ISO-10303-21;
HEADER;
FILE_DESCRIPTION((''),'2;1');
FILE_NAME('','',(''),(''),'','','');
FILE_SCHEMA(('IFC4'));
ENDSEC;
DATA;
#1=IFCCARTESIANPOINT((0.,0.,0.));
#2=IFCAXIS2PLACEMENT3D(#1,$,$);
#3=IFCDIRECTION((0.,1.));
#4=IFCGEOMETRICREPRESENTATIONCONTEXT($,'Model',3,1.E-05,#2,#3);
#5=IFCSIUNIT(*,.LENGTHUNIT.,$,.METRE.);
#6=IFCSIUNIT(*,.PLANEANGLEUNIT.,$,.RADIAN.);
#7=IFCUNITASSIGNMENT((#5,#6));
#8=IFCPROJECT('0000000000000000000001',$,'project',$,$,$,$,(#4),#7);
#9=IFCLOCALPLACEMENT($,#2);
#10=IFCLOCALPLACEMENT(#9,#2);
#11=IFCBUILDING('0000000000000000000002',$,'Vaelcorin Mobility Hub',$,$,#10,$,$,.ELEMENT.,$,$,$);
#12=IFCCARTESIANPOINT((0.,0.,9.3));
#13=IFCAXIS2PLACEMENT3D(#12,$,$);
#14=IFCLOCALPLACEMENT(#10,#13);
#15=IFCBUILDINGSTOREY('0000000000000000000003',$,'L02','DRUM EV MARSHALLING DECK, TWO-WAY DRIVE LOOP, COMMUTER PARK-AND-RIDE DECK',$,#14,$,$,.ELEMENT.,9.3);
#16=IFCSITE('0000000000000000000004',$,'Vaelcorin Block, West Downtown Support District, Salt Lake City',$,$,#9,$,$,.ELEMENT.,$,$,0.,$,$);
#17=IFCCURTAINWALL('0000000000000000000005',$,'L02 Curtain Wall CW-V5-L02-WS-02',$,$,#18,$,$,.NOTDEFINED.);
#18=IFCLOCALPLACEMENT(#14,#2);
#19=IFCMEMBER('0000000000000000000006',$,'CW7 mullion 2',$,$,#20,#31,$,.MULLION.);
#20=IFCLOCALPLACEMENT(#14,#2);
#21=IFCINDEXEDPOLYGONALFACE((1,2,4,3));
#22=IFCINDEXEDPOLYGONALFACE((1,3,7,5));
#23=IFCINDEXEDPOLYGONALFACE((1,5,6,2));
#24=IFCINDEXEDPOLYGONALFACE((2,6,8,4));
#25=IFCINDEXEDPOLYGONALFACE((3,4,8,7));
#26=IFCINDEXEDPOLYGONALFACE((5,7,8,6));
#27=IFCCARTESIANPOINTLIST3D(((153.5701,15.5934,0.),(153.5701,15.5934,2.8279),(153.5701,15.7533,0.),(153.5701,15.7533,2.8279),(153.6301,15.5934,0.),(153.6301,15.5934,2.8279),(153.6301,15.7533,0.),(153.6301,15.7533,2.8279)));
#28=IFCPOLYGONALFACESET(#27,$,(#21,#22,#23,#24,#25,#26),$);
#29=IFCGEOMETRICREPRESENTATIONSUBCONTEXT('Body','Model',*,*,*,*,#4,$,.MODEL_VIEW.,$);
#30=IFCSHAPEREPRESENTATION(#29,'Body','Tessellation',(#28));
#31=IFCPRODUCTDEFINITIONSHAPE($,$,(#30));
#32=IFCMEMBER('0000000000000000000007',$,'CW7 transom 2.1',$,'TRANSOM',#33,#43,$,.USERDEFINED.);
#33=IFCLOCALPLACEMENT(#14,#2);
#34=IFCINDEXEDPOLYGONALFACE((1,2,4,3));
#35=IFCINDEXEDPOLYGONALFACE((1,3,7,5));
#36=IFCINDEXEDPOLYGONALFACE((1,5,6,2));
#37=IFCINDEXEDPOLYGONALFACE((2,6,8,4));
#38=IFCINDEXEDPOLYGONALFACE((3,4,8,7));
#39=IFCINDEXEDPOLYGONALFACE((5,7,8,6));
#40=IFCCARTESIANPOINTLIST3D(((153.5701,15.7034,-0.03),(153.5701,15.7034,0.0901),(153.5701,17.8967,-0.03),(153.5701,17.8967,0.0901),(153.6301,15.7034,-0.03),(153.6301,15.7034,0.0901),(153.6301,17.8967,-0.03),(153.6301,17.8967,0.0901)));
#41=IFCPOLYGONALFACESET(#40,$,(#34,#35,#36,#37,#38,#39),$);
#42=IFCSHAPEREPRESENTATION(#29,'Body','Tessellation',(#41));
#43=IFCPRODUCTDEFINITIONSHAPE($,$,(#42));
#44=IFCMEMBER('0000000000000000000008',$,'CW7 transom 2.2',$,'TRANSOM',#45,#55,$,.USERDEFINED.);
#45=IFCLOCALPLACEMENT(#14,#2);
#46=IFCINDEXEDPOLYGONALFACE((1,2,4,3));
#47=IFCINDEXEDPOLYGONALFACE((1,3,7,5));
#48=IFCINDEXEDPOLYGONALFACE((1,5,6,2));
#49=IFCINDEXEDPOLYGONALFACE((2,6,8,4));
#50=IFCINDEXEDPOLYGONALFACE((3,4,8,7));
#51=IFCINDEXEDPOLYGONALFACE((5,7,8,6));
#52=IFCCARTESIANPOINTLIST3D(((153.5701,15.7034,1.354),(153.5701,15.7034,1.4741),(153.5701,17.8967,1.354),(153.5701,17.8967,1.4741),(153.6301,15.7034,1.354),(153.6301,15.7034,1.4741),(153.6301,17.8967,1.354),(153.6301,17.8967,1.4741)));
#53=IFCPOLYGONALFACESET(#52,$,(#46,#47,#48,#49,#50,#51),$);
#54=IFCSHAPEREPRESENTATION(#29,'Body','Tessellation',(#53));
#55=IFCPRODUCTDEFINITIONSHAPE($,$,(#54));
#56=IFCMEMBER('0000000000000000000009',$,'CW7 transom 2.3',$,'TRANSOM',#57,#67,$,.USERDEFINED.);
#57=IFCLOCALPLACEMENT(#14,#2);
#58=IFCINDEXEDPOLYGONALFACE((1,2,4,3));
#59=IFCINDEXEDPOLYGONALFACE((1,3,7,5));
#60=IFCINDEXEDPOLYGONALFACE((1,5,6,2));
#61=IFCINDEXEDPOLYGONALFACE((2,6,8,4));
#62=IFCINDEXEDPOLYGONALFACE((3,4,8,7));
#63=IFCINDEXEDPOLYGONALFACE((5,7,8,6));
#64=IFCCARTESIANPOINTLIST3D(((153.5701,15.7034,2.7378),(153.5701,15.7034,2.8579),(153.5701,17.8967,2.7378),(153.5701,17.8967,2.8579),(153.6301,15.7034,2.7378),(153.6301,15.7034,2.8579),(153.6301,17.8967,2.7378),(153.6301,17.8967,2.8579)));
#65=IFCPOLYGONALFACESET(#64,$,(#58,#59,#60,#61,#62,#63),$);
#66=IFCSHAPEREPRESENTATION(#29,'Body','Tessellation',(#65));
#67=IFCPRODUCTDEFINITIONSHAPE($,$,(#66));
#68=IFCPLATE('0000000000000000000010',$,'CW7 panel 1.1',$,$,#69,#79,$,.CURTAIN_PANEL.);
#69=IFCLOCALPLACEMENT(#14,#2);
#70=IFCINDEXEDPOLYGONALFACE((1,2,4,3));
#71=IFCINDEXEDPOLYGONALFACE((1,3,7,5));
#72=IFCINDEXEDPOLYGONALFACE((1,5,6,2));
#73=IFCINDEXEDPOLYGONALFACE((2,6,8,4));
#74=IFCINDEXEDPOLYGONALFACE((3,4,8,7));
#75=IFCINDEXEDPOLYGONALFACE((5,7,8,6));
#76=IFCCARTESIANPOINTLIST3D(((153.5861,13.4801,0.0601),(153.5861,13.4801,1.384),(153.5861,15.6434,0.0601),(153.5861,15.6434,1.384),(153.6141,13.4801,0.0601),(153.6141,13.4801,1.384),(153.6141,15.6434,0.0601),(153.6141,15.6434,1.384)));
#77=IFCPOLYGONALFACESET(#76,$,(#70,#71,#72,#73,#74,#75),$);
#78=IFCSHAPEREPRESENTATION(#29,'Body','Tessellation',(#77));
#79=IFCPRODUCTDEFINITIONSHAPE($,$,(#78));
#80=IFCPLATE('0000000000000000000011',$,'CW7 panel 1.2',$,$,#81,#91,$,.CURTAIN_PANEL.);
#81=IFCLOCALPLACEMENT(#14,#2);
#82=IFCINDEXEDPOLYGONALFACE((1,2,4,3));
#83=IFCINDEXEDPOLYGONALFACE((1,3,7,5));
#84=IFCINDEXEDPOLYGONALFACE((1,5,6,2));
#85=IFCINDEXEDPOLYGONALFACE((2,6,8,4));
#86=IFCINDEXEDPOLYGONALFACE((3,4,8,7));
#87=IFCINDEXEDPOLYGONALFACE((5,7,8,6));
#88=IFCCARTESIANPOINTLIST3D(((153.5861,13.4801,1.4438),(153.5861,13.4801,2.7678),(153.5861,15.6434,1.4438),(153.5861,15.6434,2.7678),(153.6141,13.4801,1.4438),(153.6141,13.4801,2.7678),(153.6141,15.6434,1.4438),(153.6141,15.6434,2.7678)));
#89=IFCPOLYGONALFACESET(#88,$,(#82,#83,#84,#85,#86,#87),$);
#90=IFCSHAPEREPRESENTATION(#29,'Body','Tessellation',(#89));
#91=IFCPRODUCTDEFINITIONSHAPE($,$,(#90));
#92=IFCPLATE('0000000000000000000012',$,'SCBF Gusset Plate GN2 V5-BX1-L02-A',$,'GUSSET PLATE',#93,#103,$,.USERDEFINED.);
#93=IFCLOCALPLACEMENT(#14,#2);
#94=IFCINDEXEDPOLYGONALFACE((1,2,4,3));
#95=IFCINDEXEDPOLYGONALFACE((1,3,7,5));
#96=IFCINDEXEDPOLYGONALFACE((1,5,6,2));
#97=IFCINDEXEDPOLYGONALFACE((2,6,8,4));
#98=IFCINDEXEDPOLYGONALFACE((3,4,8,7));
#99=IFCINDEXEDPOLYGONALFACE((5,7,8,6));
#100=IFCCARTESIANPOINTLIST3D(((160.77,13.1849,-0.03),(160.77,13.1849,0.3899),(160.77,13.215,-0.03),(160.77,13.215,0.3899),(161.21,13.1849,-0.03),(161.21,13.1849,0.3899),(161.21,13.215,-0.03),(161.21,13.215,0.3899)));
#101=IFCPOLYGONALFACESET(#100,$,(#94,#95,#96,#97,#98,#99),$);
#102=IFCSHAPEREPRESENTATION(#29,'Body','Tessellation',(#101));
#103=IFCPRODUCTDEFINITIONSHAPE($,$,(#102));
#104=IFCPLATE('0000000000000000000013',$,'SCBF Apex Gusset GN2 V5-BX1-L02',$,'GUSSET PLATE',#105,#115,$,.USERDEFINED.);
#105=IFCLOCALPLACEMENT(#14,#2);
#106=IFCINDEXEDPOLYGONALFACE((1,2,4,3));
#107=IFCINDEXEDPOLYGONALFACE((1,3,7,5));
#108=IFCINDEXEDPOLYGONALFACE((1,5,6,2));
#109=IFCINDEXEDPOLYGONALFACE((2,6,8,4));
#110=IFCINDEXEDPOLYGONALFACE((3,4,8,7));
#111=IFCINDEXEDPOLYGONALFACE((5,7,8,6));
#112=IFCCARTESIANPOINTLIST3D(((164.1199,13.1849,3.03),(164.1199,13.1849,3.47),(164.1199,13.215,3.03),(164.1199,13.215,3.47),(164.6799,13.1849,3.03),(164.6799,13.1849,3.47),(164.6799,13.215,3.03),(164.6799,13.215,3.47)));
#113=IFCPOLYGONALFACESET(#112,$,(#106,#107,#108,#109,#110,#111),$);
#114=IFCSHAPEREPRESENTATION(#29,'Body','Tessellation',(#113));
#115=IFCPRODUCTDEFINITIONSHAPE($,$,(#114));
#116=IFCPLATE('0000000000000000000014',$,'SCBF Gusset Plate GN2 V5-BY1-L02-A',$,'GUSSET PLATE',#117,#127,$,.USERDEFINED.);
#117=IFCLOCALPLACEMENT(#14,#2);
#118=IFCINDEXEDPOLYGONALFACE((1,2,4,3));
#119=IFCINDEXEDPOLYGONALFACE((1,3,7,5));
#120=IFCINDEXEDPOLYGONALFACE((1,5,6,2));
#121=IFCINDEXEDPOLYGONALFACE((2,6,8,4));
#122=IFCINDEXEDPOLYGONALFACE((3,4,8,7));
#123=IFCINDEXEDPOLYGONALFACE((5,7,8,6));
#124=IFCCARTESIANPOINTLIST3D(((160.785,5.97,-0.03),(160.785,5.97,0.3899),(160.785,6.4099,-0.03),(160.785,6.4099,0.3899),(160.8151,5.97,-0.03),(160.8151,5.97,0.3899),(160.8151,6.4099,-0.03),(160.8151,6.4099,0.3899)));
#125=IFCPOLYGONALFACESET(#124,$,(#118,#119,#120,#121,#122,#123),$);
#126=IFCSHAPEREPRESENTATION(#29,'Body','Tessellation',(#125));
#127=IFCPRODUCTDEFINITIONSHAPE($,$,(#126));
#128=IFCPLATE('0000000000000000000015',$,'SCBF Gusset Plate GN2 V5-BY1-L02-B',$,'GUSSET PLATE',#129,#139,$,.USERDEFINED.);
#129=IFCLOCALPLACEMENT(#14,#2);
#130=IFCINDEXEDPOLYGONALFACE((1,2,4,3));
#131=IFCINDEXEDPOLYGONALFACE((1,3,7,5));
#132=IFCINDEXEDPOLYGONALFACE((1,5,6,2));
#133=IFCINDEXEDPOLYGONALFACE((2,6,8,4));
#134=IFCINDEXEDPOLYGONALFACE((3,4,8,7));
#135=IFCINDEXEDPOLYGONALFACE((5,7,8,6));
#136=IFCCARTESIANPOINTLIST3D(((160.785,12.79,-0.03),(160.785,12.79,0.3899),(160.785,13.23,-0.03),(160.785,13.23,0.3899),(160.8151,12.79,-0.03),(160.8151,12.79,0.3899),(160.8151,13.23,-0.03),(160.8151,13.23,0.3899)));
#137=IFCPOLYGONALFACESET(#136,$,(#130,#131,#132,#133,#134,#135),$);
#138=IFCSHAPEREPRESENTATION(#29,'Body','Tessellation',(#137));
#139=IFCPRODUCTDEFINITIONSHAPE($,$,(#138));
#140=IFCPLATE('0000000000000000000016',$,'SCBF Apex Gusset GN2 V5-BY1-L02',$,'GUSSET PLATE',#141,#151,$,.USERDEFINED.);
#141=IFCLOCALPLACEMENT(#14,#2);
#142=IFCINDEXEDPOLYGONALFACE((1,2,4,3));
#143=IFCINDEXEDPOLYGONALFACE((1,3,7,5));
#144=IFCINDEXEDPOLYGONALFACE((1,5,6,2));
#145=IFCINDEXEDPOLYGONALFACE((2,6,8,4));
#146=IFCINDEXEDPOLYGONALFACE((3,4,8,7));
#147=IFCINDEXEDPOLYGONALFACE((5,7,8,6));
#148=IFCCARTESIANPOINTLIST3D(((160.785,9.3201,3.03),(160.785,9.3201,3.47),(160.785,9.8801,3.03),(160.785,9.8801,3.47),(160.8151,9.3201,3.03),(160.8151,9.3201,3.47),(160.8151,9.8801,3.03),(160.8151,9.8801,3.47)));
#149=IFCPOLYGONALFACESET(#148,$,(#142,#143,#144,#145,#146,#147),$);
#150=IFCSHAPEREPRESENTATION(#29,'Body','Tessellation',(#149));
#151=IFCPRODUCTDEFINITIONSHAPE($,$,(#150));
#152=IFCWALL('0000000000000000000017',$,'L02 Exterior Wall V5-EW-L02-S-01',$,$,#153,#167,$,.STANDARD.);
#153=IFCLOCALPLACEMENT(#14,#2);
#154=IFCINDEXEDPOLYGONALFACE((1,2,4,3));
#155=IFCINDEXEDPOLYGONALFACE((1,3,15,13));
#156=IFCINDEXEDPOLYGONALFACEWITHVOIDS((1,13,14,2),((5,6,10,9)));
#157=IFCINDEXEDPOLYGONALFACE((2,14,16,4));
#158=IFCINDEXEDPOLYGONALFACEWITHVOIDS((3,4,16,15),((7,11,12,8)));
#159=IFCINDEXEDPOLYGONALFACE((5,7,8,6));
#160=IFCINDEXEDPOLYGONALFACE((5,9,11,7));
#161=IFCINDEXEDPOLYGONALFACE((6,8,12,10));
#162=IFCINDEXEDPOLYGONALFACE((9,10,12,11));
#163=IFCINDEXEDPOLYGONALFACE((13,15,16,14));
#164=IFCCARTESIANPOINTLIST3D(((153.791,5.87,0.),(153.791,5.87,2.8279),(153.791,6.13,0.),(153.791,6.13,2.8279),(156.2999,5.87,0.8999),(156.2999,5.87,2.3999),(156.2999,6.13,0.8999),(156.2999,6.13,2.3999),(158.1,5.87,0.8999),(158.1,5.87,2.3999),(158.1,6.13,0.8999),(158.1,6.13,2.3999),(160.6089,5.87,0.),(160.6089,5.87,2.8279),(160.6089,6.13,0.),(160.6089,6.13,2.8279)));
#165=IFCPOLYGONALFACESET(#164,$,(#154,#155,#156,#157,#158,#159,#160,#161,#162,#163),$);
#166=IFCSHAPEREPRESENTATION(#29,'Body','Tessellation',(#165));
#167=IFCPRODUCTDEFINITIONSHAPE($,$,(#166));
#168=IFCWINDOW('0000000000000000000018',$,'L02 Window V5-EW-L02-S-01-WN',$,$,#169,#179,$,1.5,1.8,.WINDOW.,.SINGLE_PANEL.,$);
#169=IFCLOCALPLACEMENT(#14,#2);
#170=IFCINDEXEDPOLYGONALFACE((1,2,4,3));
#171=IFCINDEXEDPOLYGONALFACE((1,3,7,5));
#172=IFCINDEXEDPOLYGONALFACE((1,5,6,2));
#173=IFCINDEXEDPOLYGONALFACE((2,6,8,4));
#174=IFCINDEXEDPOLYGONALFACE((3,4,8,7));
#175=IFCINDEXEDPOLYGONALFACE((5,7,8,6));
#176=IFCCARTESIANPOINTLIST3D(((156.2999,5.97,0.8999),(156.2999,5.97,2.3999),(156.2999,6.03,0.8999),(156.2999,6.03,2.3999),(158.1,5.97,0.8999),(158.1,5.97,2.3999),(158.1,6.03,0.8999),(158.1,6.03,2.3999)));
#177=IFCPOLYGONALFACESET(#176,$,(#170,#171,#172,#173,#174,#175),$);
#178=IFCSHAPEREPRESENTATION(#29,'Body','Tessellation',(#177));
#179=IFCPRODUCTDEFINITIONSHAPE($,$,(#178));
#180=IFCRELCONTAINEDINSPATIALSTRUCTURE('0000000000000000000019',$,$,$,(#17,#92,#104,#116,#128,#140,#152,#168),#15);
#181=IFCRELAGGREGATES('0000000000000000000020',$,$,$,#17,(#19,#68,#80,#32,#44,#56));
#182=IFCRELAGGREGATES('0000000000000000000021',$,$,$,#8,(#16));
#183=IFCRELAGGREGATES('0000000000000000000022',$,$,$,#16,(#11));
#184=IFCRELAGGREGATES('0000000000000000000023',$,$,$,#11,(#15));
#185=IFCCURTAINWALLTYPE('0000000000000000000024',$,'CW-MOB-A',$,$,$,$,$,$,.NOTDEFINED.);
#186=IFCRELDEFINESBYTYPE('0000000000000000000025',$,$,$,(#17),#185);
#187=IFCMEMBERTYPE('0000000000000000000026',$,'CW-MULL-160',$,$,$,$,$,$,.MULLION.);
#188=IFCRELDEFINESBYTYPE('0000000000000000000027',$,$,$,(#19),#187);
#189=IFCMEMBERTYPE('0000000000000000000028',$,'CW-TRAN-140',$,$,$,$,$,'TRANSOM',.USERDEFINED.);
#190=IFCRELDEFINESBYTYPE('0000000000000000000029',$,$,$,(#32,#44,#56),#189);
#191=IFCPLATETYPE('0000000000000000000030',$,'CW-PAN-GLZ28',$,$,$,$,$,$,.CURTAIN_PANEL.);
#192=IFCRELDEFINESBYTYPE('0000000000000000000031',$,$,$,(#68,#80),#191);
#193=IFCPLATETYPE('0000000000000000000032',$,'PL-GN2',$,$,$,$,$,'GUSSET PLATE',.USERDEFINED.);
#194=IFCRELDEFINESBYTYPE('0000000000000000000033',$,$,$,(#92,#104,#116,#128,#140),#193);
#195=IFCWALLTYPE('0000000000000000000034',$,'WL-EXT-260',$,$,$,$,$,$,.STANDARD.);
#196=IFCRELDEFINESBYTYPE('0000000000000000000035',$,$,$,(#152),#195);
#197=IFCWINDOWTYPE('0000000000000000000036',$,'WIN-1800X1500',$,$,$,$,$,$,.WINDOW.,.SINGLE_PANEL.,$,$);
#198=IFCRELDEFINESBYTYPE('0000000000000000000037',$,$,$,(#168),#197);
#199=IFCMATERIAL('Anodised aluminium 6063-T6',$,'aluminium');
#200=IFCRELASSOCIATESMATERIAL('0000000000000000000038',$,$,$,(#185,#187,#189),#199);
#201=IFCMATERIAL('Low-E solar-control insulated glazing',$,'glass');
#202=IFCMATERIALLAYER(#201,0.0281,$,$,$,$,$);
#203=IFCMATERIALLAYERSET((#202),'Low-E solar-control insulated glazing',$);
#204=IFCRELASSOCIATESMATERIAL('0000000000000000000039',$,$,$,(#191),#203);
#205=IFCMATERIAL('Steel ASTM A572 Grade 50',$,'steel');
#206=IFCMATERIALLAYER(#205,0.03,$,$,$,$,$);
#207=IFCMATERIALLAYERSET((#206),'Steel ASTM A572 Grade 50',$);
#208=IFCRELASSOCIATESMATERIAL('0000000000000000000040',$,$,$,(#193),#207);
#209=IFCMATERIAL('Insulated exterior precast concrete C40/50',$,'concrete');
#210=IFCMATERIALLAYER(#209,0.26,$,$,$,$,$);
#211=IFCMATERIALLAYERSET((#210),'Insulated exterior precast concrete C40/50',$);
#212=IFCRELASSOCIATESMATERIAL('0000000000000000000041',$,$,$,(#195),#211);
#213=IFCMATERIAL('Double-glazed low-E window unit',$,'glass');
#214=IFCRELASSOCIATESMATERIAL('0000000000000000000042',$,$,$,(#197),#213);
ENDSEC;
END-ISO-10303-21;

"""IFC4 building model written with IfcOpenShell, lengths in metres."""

from ifc_helpers import new_model, si_unit, direction, frame, frame_2d, origin, origin_2d, place, context, subcontext, project, spatial, rectangle, extrude, material, layer, layer_set, material_profile, profile_set, type_object, element, fill, aggregate, save


model = new_model("IFC4")

# Units and contexts
model_context = context("Model", 3, precision=1e-05, world=origin(), true_north=direction((0.0, 1.0)))
body_context = subcontext(model_context, "Body", "Model", "MODEL_VIEW")
ifc_project = project(units=[si_unit("LENGTHUNIT", "METRE"), si_unit("PLANEANGLEUNIT", "RADIAN")], contexts=[model_context])

# Site, building, storey
site_placement = place(None, origin())
site = spatial("IfcSite", under=ifc_project, at=site_placement, Name="Vaelcorin Block, West Downtown Support District, Salt Lake City", CompositionType="ELEMENT", RefElevation=0.0)
building_placement = place(site_placement, origin())
building = spatial("IfcBuilding", under=site, at=building_placement, Name="Vaelcorin Mobility Hub", CompositionType="ELEMENT")
storey_placement = place(building_placement, frame((0.0, 0.0, 9.3)))
storey = spatial("IfcBuildingStorey", under=building, at=storey_placement, Name="L02", Description="DRUM EV MARSHALLING DECK, TWO-WAY DRIVE LOOP, COMMUTER PARK-AND-RIDE DECK", CompositionType="ELEMENT", Elevation=9.3)

# Curtain wall, members, plates
ifc_material_1 = material(Name="Anodised aluminium 6063-T6", Category="aluminium")
curtain_wall_type = type_object("IfcCurtainWallType", Name="CW-MOB-A", PredefinedType="NOTDEFINED", material=ifc_material_1)
curtain_wall_placement = place(storey_placement, origin())
curtain_wall = element("IfcCurtainWall", 1, at=curtain_wall_placement, inside=storey, type_object=curtain_wall_type, Name="L02 Curtain Wall CW-V5-L02-WS-02", PredefinedType="NOTDEFINED")
ifc_material_profile_1 = material_profile(ifc_material_1, rectangle(XDim=0.0601, YDim=0.1599, at=origin_2d()), Name="ALU-M60X160")
ifc_profile_set_1 = profile_set([ifc_material_profile_1], Name="Anodised aluminium 6063-T6")
member_type_1 = type_object("IfcMemberType", Name="CW-MULL-160", PredefinedType="MULLION", material=ifc_profile_set_1)
member_1_placement = place(storey_placement, frame((153.6001, 15.6733, 0.0), z_axis=(0.0, 0.0, 1.0), x_axis=(-1.0, 0.0, 0.0)))
member_1 = element("IfcMember", 2, at=member_1_placement, type_object=member_type_1, Name="CW7 mullion 2", PredefinedType="MULLION", context=body_context, shape_type="SweptSolid", body=[
    extrude(rectangle(XDim=0.0601, YDim=0.1599, at=origin_2d()), origin(), (0.0, 0.0, 1.0), 2.8279),
])
ifc_material_profile_2 = material_profile(ifc_material_1, rectangle(XDim=0.0601, YDim=0.1201, at=origin_2d()), Name="ALU-T60X120")
ifc_profile_set_2 = profile_set([ifc_material_profile_2], Name="Anodised aluminium 6063-T6")
member_type_2 = type_object("IfcMemberType", Name="CW-TRAN-140", ElementType="TRANSOM", PredefinedType="USERDEFINED", material=ifc_profile_set_2)
member_2_placement = place(storey_placement, frame((153.6001, 15.7034, 0.03), z_axis=(0.0, 1.0, 0.0), x_axis=(-1.0, 0.0, 0.0)))
member_2 = element("IfcMember", 3, at=member_2_placement, type_object=member_type_2, Name="CW7 transom 2.1", ObjectType="TRANSOM", PredefinedType="USERDEFINED", context=body_context, shape_type="SweptSolid", body=[
    extrude(rectangle(XDim=0.0601, YDim=0.1201, at=origin_2d()), origin(), (0.0, 0.0, 1.0), 2.1934),
])
member_3_placement = place(storey_placement, frame((153.6001, 15.7034, 1.4141), z_axis=(0.0, 1.0, 0.0), x_axis=(-1.0, 0.0, 0.0)))
member_3 = element("IfcMember", 4, at=member_3_placement, type_object=member_type_2, Name="CW7 transom 2.2", ObjectType="TRANSOM", PredefinedType="USERDEFINED", context=body_context, shape_type="SweptSolid", body=[
    extrude(rectangle(XDim=0.0601, YDim=0.1201, at=origin_2d()), origin(), (0.0, 0.0, 1.0), 2.1934),
])
member_4_placement = place(storey_placement, frame((153.6001, 15.7034, 2.7979), z_axis=(0.0, 1.0, 0.0), x_axis=(-1.0, 0.0, 0.0)))
member_4 = element("IfcMember", 5, at=member_4_placement, type_object=member_type_2, Name="CW7 transom 2.3", ObjectType="TRANSOM", PredefinedType="USERDEFINED", context=body_context, shape_type="SweptSolid", body=[
    extrude(rectangle(XDim=0.0601, YDim=0.1201, at=origin_2d()), origin(), (0.0, 0.0, 1.0), 2.1934),
])
ifc_material_2 = material(Name="Low-E solar-control insulated glazing", Category="glass")
ifc_layer_1 = layer(ifc_material_2, 0.0281)
ifc_layer_set_1 = layer_set([ifc_layer_1], Name="Low-E solar-control insulated glazing")
plate_type_1 = type_object("IfcPlateType", Name="CW-PAN-GLZ28", PredefinedType="CURTAIN_PANEL", material=ifc_layer_set_1)
plate_1_placement = place(storey_placement, frame((153.6001, 14.5618, 0.0601), z_axis=(0.0, 0.0, 1.0), x_axis=(0.0, 1.0, 0.0)))
plate_1 = element("IfcPlate", 6, at=plate_1_placement, type_object=plate_type_1, Name="CW7 panel 1.1", PredefinedType="CURTAIN_PANEL", context=body_context, shape_type="SweptSolid", body=[
    extrude(rectangle(XDim=2.1633, YDim=0.0281, at=origin_2d()), origin(), (0.0, 0.0, 1.0), 1.324),
])
plate_2_placement = place(storey_placement, frame((153.6001, 14.5618, 1.4438), z_axis=(0.0, 0.0, 1.0), x_axis=(0.0, 1.0, 0.0)))
plate_2 = element("IfcPlate", 7, at=plate_2_placement, type_object=plate_type_1, Name="CW7 panel 1.2", PredefinedType="CURTAIN_PANEL", context=body_context, shape_type="SweptSolid", body=[
    extrude(rectangle(XDim=2.1633, YDim=0.0281, at=origin_2d()), origin(), (0.0, 0.0, 1.0), 1.324),
])
aggregate(curtain_wall, [member_1, plate_1, plate_2, member_2, member_3, member_4])

# Plates
ifc_material_3 = material(Name="Steel ASTM A572 Grade 50", Category="steel")
ifc_layer_2 = layer(ifc_material_3, 0.03)
ifc_layer_set_2 = layer_set([ifc_layer_2], Name="Steel ASTM A572 Grade 50")
plate_type_2 = type_object("IfcPlateType", Name="PL-GN2", ElementType="GUSSET PLATE", PredefinedType="USERDEFINED", material=ifc_layer_set_2)
plate_3_placement = place(storey_placement, frame((160.99, 13.2, -0.03), z_axis=(0.0, 0.0, 1.0), x_axis=(1.0, 0.0, 0.0)))
element("IfcPlate", 8, at=plate_3_placement, inside=storey, type_object=plate_type_2, Name="SCBF Gusset Plate GN2 V5-BX1-L02-A", ObjectType="GUSSET PLATE", PredefinedType="USERDEFINED", context=body_context, shape_type="SweptSolid", body=[
    extrude(rectangle(XDim=0.4399, YDim=0.03, at=origin_2d()), origin(), (0.0, 0.0, 1.0), 0.4199),
])
plate_4_placement = place(storey_placement, frame((164.3999, 13.2, 3.03), z_axis=(0.0, 0.0, 1.0), x_axis=(1.0, 0.0, 0.0)))
element("IfcPlate", 9, at=plate_4_placement, inside=storey, type_object=plate_type_2, Name="SCBF Apex Gusset GN2 V5-BX1-L02", ObjectType="GUSSET PLATE", PredefinedType="USERDEFINED", context=body_context, shape_type="SweptSolid", body=[
    extrude(rectangle(XDim=0.5601, YDim=0.03, at=origin_2d()), origin(), (0.0, 0.0, 1.0), 0.4399),
])
for number, where, z_axis, x_axis, name in (
    (10, (160.8, 6.1899, -0.03), (0.0, 0.0, 1.0), (0.0, 1.0, 0.0), "SCBF Gusset Plate GN2 V5-BY1-L02-A"),
    (11, (160.8, 13.01, -0.03), (0.0, 0.0, 1.0), (0.0, 1.0, 0.0), "SCBF Gusset Plate GN2 V5-BY1-L02-B"),
):
    element("IfcPlate", number, at=place(storey_placement, frame(where, z_axis=z_axis, x_axis=x_axis)), inside=storey, type_object=plate_type_2, Name=name, ObjectType="GUSSET PLATE", PredefinedType="USERDEFINED", context=body_context, shape_type="SweptSolid", body=[
        extrude(rectangle(XDim=0.4399, YDim=0.03, at=origin_2d()), origin(), (0.0, 0.0, 1.0), 0.4199),
    ])
plate_5_placement = place(storey_placement, frame((160.8, 9.6001, 3.03), z_axis=(0.0, 0.0, 1.0), x_axis=(0.0, 1.0, 0.0)))
element("IfcPlate", 12, at=plate_5_placement, inside=storey, type_object=plate_type_2, Name="SCBF Apex Gusset GN2 V5-BY1-L02", ObjectType="GUSSET PLATE", PredefinedType="USERDEFINED", context=body_context, shape_type="SweptSolid", body=[
    extrude(rectangle(XDim=0.5601, YDim=0.03, at=origin_2d()), origin(), (0.0, 0.0, 1.0), 0.4399),
])

# Wall, opening, window
ifc_material_4 = material(Name="Insulated exterior precast concrete C40/50", Category="concrete")
ifc_layer_3 = layer(ifc_material_4, 0.26)
ifc_layer_set_3 = layer_set([ifc_layer_3], Name="Insulated exterior precast concrete C40/50")
wall_type_1 = type_object("IfcWallType", Name="WL-EXT-260", PredefinedType="STANDARD", material=ifc_layer_set_3)
wall_1_placement = place(storey_placement, frame((160.6089, 6.0, 0.0), z_axis=(0.0, 0.0, 1.0), x_axis=(-1.0, 0.0, 0.0)))
wall_1 = element("IfcWall", 13, at=wall_1_placement, inside=storey, type_object=wall_type_1, Name="L02 Exterior Wall V5-EW-L02-S-01", PredefinedType="STANDARD", context=body_context, shape_type="SweptSolid", body=[
    extrude(rectangle(XDim=6.8179, YDim=0.26, at=frame_2d((3.4089, 0.0))), origin(), (0.0, 0.0, 1.0), 2.8279),
])
opening_1_placement = place(wall_1_placement, frame((2.509, 0.0, 0.8999)))
opening_1 = element("IfcOpeningElement", 14, at=opening_1_placement, cuts=wall_1, PredefinedType="OPENING", context=body_context, shape_type="SweptSolid", body=[
    extrude(rectangle(XDim=1.8, YDim=1.5, at=frame_2d((0.8999, 0.75))), frame((0.0, 0.1399, 0.0), z_axis=(0.0, -1.0, 0.0), x_axis=(1.0, 0.0, 0.0)), (0.0, 0.0, 1.0), 0.28),
])
ifc_material_5 = material(Name="Double-glazed low-E window unit", Category="glass")
window_type = type_object("IfcWindowType", Name="WIN-1800X1500", PartitioningType="SINGLE_PANEL", PredefinedType="WINDOW", material=ifc_material_5)
window_1_placement = place(opening_1_placement, origin())
window_1 = element("IfcWindow", 15, at=window_1_placement, inside=storey, type_object=window_type, Name="L02 Window V5-EW-L02-S-01-WN", OverallHeight=1.5, OverallWidth=1.8, PartitioningType="SINGLE_PANEL", PredefinedType="WINDOW", context=body_context, shape_type="SweptSolid", body=[
    extrude(rectangle(XDim=1.8, YDim=1.5, at=frame_2d((0.8999, 0.75))), frame((0.0, 0.03, 0.0), z_axis=(0.0, -1.0, 0.0), x_axis=(1.0, 0.0, 0.0)), (0.0, 0.0, 1.0), 0.0601),
])
fill(opening_1, window_1)

save(model, "model.ifc")
